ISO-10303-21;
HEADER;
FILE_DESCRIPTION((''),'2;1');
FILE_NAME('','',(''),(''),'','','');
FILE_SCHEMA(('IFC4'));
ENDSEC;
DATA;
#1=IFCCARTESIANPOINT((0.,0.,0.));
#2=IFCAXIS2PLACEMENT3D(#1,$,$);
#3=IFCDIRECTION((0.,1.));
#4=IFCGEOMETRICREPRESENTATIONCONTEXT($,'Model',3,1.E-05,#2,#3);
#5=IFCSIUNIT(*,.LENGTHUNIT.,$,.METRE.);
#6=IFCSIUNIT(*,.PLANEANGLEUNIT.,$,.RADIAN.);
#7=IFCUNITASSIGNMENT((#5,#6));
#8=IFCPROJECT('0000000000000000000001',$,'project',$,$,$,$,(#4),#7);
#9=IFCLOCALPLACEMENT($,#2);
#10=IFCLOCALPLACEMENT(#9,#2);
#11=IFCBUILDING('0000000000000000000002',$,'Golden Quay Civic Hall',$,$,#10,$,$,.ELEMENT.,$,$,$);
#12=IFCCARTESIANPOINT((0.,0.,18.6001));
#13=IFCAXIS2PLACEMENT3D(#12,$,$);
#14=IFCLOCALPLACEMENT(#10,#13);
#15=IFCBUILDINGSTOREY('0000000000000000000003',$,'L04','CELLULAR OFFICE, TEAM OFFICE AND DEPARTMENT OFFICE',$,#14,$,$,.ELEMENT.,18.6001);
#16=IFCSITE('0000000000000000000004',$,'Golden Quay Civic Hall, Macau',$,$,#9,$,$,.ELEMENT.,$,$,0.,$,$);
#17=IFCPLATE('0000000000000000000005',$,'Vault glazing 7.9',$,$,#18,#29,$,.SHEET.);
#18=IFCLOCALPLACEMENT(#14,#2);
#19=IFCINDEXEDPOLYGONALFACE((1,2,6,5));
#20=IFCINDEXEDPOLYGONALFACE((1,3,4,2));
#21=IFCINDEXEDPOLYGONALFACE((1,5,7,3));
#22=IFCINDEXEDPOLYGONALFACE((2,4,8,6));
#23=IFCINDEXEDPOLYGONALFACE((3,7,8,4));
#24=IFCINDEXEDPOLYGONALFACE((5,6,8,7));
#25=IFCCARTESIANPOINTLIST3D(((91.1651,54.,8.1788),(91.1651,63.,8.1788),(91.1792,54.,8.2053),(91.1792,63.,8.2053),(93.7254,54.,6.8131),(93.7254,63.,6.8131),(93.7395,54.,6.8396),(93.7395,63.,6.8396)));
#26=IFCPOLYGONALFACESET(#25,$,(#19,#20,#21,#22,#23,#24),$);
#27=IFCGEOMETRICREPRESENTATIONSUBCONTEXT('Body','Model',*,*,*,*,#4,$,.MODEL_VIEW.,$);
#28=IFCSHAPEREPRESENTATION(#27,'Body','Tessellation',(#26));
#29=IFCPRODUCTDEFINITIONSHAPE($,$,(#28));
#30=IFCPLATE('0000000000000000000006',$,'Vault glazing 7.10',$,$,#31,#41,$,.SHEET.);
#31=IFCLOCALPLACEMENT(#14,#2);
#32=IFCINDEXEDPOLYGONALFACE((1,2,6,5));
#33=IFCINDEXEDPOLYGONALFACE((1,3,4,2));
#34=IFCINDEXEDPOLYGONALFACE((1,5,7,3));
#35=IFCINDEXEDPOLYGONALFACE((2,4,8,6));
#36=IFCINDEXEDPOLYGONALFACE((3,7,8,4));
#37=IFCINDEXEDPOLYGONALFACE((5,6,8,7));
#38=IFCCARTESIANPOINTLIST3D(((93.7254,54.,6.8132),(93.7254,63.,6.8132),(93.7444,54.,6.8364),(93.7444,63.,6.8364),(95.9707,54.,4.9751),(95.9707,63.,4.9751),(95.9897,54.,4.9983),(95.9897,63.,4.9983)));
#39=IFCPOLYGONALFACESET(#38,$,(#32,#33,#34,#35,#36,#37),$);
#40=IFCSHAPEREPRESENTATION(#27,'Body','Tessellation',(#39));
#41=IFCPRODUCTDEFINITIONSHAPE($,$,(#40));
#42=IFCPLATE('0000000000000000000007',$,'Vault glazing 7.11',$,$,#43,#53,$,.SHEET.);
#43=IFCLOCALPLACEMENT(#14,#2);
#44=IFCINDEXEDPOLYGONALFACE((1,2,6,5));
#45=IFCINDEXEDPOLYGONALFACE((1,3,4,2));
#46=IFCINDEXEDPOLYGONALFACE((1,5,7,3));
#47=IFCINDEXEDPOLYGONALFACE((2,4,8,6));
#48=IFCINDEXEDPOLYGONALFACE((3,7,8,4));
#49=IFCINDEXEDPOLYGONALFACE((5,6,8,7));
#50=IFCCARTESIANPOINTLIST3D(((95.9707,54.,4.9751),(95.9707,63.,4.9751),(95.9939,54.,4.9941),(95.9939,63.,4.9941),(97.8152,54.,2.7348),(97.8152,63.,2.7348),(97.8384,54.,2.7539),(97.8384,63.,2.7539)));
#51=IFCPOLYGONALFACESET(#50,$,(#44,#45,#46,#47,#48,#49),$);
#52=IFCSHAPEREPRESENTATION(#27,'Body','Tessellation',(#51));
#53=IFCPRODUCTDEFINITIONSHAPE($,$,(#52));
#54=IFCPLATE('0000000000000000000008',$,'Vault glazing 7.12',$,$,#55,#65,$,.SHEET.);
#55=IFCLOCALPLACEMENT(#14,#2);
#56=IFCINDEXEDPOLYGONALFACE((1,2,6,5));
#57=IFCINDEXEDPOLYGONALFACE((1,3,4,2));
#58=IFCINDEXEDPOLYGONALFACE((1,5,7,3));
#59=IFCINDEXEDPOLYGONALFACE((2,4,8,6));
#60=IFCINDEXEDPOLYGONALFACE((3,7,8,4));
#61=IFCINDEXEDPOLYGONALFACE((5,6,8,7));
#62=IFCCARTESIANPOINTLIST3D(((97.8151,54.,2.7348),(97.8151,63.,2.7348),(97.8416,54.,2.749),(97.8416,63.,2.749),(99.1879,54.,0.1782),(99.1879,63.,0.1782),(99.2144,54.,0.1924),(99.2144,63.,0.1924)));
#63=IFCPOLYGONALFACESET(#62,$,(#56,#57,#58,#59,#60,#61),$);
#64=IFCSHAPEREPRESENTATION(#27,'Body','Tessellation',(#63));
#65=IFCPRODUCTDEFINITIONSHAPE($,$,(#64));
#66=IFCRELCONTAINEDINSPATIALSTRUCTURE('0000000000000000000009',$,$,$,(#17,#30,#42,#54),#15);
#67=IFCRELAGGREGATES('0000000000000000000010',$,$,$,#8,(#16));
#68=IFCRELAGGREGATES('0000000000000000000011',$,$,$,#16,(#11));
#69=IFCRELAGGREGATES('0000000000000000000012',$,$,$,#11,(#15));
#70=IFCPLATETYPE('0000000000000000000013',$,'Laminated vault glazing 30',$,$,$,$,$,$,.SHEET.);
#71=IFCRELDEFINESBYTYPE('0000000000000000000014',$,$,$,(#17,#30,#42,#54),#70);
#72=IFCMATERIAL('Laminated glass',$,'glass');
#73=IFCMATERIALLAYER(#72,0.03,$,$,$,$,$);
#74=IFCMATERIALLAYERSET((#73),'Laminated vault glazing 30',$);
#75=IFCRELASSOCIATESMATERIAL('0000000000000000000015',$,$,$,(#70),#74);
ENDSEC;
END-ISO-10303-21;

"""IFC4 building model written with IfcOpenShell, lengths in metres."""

from ifc_helpers import new_model, si_unit, direction, frame, origin, place, context, subcontext, project, spatial, polyline, outline, extrude, material, layer, layer_set, type_object, element, save


model = new_model("IFC4")

# Units and contexts
model_context = context("Model", 3, precision=1e-05, world=origin(), true_north=direction((0.0, 1.0)))
body_context = subcontext(model_context, "Body", "Model", "MODEL_VIEW")
ifc_project = project(units=[si_unit("LENGTHUNIT", "METRE"), si_unit("PLANEANGLEUNIT", "RADIAN")], contexts=[model_context])

# Site, building, storey
site_placement = place(None, origin())
site = spatial("IfcSite", under=ifc_project, at=site_placement, Name="Golden Quay Civic Hall, Macau", CompositionType="ELEMENT", RefElevation=0.0)
building_placement = place(site_placement, origin())
building = spatial("IfcBuilding", under=site, at=building_placement, Name="Golden Quay Civic Hall", CompositionType="ELEMENT")
storey_placement = place(building_placement, frame((0.0, 0.0, 18.6001)))
storey = spatial("IfcBuildingStorey", under=building, at=storey_placement, Name="L04", Description="CELLULAR OFFICE, TEAM OFFICE AND DEPARTMENT OFFICE", CompositionType="ELEMENT", Elevation=18.6001)

# Plates
ifc_material_1 = material(Name="Laminated glass", Category="glass")
ifc_layer = layer(ifc_material_1, 0.03)
ifc_layer_set = layer_set([ifc_layer], Name="Laminated vault glazing 30")
plate_type = type_object("IfcPlateType", Name="Laminated vault glazing 30", PredefinedType="SHEET", material=ifc_layer_set)
plate_1_placement = place(storey_placement, frame((91.1792, 54.0, 8.2053), z_axis=(0.470649, 0.0, 0.88232), x_axis=(0.88232, 0.0, -0.470649)))
element("IfcPlate", 1, at=plate_1_placement, inside=storey, type_object=plate_type, Name="Vault glazing 7.9", PredefinedType="SHEET", context=body_context, shape_type="SweptSolid", body=[
    extrude(outline(polyline([(0.0, 0.0), (2.9018, 0.0), (2.9018, 9.0), (0.0, 9.0), (0.0, 0.0)])), origin(), (0.0, 0.0, -1.0), 0.03),
])
plate_2_placement = place(storey_placement, frame((93.7444, 54.0, 6.8364), z_axis=(0.633449, 0.0, 0.773785), x_axis=(0.773785, 0.0, -0.633449)))
element("IfcPlate", 2, at=plate_2_placement, inside=storey, type_object=plate_type, Name="Vault glazing 7.10", PredefinedType="SHEET", context=body_context, shape_type="SweptSolid", body=[
    extrude(outline(polyline([(0.0, 0.0), (2.9018, 0.0), (2.9018, 9.0), (0.0, 9.0), (0.0, 0.0)])), origin(), (0.0, 0.0, -1.0), 0.03),
])
plate_3_placement = place(storey_placement, frame((95.9939, 54.0, 4.9941), z_axis=(0.772001, 0.0, 0.635622), x_axis=(0.635622, 0.0, -0.772001)))
element("IfcPlate", 3, at=plate_3_placement, inside=storey, type_object=plate_type, Name="Vault glazing 7.11", PredefinedType="SHEET", context=body_context, shape_type="SweptSolid", body=[
    extrude(outline(polyline([(0.0, 0.0), (2.9019, 0.0), (2.9019, 9.0), (0.0, 9.0), (0.0, 0.0)])), origin(), (0.0, 0.0, -1.0), 0.03),
])
plate_4_placement = place(storey_placement, frame((97.8416, 54.0, 2.749), z_axis=(0.881024, 0.0, 0.473071), x_axis=(0.473071, 0.0, -0.881024)))
element("IfcPlate", 4, at=plate_4_placement, inside=storey, type_object=plate_type, Name="Vault glazing 7.12", PredefinedType="SHEET", context=body_context, shape_type="SweptSolid", body=[
    extrude(outline(polyline([(0.0, 0.0), (2.9019, 0.0), (2.9019, 9.0), (0.0, 9.0), (0.0, 0.0)])), origin(), (0.0, 0.0, -1.0), 0.03),
])

save(model, "model.ifc")
